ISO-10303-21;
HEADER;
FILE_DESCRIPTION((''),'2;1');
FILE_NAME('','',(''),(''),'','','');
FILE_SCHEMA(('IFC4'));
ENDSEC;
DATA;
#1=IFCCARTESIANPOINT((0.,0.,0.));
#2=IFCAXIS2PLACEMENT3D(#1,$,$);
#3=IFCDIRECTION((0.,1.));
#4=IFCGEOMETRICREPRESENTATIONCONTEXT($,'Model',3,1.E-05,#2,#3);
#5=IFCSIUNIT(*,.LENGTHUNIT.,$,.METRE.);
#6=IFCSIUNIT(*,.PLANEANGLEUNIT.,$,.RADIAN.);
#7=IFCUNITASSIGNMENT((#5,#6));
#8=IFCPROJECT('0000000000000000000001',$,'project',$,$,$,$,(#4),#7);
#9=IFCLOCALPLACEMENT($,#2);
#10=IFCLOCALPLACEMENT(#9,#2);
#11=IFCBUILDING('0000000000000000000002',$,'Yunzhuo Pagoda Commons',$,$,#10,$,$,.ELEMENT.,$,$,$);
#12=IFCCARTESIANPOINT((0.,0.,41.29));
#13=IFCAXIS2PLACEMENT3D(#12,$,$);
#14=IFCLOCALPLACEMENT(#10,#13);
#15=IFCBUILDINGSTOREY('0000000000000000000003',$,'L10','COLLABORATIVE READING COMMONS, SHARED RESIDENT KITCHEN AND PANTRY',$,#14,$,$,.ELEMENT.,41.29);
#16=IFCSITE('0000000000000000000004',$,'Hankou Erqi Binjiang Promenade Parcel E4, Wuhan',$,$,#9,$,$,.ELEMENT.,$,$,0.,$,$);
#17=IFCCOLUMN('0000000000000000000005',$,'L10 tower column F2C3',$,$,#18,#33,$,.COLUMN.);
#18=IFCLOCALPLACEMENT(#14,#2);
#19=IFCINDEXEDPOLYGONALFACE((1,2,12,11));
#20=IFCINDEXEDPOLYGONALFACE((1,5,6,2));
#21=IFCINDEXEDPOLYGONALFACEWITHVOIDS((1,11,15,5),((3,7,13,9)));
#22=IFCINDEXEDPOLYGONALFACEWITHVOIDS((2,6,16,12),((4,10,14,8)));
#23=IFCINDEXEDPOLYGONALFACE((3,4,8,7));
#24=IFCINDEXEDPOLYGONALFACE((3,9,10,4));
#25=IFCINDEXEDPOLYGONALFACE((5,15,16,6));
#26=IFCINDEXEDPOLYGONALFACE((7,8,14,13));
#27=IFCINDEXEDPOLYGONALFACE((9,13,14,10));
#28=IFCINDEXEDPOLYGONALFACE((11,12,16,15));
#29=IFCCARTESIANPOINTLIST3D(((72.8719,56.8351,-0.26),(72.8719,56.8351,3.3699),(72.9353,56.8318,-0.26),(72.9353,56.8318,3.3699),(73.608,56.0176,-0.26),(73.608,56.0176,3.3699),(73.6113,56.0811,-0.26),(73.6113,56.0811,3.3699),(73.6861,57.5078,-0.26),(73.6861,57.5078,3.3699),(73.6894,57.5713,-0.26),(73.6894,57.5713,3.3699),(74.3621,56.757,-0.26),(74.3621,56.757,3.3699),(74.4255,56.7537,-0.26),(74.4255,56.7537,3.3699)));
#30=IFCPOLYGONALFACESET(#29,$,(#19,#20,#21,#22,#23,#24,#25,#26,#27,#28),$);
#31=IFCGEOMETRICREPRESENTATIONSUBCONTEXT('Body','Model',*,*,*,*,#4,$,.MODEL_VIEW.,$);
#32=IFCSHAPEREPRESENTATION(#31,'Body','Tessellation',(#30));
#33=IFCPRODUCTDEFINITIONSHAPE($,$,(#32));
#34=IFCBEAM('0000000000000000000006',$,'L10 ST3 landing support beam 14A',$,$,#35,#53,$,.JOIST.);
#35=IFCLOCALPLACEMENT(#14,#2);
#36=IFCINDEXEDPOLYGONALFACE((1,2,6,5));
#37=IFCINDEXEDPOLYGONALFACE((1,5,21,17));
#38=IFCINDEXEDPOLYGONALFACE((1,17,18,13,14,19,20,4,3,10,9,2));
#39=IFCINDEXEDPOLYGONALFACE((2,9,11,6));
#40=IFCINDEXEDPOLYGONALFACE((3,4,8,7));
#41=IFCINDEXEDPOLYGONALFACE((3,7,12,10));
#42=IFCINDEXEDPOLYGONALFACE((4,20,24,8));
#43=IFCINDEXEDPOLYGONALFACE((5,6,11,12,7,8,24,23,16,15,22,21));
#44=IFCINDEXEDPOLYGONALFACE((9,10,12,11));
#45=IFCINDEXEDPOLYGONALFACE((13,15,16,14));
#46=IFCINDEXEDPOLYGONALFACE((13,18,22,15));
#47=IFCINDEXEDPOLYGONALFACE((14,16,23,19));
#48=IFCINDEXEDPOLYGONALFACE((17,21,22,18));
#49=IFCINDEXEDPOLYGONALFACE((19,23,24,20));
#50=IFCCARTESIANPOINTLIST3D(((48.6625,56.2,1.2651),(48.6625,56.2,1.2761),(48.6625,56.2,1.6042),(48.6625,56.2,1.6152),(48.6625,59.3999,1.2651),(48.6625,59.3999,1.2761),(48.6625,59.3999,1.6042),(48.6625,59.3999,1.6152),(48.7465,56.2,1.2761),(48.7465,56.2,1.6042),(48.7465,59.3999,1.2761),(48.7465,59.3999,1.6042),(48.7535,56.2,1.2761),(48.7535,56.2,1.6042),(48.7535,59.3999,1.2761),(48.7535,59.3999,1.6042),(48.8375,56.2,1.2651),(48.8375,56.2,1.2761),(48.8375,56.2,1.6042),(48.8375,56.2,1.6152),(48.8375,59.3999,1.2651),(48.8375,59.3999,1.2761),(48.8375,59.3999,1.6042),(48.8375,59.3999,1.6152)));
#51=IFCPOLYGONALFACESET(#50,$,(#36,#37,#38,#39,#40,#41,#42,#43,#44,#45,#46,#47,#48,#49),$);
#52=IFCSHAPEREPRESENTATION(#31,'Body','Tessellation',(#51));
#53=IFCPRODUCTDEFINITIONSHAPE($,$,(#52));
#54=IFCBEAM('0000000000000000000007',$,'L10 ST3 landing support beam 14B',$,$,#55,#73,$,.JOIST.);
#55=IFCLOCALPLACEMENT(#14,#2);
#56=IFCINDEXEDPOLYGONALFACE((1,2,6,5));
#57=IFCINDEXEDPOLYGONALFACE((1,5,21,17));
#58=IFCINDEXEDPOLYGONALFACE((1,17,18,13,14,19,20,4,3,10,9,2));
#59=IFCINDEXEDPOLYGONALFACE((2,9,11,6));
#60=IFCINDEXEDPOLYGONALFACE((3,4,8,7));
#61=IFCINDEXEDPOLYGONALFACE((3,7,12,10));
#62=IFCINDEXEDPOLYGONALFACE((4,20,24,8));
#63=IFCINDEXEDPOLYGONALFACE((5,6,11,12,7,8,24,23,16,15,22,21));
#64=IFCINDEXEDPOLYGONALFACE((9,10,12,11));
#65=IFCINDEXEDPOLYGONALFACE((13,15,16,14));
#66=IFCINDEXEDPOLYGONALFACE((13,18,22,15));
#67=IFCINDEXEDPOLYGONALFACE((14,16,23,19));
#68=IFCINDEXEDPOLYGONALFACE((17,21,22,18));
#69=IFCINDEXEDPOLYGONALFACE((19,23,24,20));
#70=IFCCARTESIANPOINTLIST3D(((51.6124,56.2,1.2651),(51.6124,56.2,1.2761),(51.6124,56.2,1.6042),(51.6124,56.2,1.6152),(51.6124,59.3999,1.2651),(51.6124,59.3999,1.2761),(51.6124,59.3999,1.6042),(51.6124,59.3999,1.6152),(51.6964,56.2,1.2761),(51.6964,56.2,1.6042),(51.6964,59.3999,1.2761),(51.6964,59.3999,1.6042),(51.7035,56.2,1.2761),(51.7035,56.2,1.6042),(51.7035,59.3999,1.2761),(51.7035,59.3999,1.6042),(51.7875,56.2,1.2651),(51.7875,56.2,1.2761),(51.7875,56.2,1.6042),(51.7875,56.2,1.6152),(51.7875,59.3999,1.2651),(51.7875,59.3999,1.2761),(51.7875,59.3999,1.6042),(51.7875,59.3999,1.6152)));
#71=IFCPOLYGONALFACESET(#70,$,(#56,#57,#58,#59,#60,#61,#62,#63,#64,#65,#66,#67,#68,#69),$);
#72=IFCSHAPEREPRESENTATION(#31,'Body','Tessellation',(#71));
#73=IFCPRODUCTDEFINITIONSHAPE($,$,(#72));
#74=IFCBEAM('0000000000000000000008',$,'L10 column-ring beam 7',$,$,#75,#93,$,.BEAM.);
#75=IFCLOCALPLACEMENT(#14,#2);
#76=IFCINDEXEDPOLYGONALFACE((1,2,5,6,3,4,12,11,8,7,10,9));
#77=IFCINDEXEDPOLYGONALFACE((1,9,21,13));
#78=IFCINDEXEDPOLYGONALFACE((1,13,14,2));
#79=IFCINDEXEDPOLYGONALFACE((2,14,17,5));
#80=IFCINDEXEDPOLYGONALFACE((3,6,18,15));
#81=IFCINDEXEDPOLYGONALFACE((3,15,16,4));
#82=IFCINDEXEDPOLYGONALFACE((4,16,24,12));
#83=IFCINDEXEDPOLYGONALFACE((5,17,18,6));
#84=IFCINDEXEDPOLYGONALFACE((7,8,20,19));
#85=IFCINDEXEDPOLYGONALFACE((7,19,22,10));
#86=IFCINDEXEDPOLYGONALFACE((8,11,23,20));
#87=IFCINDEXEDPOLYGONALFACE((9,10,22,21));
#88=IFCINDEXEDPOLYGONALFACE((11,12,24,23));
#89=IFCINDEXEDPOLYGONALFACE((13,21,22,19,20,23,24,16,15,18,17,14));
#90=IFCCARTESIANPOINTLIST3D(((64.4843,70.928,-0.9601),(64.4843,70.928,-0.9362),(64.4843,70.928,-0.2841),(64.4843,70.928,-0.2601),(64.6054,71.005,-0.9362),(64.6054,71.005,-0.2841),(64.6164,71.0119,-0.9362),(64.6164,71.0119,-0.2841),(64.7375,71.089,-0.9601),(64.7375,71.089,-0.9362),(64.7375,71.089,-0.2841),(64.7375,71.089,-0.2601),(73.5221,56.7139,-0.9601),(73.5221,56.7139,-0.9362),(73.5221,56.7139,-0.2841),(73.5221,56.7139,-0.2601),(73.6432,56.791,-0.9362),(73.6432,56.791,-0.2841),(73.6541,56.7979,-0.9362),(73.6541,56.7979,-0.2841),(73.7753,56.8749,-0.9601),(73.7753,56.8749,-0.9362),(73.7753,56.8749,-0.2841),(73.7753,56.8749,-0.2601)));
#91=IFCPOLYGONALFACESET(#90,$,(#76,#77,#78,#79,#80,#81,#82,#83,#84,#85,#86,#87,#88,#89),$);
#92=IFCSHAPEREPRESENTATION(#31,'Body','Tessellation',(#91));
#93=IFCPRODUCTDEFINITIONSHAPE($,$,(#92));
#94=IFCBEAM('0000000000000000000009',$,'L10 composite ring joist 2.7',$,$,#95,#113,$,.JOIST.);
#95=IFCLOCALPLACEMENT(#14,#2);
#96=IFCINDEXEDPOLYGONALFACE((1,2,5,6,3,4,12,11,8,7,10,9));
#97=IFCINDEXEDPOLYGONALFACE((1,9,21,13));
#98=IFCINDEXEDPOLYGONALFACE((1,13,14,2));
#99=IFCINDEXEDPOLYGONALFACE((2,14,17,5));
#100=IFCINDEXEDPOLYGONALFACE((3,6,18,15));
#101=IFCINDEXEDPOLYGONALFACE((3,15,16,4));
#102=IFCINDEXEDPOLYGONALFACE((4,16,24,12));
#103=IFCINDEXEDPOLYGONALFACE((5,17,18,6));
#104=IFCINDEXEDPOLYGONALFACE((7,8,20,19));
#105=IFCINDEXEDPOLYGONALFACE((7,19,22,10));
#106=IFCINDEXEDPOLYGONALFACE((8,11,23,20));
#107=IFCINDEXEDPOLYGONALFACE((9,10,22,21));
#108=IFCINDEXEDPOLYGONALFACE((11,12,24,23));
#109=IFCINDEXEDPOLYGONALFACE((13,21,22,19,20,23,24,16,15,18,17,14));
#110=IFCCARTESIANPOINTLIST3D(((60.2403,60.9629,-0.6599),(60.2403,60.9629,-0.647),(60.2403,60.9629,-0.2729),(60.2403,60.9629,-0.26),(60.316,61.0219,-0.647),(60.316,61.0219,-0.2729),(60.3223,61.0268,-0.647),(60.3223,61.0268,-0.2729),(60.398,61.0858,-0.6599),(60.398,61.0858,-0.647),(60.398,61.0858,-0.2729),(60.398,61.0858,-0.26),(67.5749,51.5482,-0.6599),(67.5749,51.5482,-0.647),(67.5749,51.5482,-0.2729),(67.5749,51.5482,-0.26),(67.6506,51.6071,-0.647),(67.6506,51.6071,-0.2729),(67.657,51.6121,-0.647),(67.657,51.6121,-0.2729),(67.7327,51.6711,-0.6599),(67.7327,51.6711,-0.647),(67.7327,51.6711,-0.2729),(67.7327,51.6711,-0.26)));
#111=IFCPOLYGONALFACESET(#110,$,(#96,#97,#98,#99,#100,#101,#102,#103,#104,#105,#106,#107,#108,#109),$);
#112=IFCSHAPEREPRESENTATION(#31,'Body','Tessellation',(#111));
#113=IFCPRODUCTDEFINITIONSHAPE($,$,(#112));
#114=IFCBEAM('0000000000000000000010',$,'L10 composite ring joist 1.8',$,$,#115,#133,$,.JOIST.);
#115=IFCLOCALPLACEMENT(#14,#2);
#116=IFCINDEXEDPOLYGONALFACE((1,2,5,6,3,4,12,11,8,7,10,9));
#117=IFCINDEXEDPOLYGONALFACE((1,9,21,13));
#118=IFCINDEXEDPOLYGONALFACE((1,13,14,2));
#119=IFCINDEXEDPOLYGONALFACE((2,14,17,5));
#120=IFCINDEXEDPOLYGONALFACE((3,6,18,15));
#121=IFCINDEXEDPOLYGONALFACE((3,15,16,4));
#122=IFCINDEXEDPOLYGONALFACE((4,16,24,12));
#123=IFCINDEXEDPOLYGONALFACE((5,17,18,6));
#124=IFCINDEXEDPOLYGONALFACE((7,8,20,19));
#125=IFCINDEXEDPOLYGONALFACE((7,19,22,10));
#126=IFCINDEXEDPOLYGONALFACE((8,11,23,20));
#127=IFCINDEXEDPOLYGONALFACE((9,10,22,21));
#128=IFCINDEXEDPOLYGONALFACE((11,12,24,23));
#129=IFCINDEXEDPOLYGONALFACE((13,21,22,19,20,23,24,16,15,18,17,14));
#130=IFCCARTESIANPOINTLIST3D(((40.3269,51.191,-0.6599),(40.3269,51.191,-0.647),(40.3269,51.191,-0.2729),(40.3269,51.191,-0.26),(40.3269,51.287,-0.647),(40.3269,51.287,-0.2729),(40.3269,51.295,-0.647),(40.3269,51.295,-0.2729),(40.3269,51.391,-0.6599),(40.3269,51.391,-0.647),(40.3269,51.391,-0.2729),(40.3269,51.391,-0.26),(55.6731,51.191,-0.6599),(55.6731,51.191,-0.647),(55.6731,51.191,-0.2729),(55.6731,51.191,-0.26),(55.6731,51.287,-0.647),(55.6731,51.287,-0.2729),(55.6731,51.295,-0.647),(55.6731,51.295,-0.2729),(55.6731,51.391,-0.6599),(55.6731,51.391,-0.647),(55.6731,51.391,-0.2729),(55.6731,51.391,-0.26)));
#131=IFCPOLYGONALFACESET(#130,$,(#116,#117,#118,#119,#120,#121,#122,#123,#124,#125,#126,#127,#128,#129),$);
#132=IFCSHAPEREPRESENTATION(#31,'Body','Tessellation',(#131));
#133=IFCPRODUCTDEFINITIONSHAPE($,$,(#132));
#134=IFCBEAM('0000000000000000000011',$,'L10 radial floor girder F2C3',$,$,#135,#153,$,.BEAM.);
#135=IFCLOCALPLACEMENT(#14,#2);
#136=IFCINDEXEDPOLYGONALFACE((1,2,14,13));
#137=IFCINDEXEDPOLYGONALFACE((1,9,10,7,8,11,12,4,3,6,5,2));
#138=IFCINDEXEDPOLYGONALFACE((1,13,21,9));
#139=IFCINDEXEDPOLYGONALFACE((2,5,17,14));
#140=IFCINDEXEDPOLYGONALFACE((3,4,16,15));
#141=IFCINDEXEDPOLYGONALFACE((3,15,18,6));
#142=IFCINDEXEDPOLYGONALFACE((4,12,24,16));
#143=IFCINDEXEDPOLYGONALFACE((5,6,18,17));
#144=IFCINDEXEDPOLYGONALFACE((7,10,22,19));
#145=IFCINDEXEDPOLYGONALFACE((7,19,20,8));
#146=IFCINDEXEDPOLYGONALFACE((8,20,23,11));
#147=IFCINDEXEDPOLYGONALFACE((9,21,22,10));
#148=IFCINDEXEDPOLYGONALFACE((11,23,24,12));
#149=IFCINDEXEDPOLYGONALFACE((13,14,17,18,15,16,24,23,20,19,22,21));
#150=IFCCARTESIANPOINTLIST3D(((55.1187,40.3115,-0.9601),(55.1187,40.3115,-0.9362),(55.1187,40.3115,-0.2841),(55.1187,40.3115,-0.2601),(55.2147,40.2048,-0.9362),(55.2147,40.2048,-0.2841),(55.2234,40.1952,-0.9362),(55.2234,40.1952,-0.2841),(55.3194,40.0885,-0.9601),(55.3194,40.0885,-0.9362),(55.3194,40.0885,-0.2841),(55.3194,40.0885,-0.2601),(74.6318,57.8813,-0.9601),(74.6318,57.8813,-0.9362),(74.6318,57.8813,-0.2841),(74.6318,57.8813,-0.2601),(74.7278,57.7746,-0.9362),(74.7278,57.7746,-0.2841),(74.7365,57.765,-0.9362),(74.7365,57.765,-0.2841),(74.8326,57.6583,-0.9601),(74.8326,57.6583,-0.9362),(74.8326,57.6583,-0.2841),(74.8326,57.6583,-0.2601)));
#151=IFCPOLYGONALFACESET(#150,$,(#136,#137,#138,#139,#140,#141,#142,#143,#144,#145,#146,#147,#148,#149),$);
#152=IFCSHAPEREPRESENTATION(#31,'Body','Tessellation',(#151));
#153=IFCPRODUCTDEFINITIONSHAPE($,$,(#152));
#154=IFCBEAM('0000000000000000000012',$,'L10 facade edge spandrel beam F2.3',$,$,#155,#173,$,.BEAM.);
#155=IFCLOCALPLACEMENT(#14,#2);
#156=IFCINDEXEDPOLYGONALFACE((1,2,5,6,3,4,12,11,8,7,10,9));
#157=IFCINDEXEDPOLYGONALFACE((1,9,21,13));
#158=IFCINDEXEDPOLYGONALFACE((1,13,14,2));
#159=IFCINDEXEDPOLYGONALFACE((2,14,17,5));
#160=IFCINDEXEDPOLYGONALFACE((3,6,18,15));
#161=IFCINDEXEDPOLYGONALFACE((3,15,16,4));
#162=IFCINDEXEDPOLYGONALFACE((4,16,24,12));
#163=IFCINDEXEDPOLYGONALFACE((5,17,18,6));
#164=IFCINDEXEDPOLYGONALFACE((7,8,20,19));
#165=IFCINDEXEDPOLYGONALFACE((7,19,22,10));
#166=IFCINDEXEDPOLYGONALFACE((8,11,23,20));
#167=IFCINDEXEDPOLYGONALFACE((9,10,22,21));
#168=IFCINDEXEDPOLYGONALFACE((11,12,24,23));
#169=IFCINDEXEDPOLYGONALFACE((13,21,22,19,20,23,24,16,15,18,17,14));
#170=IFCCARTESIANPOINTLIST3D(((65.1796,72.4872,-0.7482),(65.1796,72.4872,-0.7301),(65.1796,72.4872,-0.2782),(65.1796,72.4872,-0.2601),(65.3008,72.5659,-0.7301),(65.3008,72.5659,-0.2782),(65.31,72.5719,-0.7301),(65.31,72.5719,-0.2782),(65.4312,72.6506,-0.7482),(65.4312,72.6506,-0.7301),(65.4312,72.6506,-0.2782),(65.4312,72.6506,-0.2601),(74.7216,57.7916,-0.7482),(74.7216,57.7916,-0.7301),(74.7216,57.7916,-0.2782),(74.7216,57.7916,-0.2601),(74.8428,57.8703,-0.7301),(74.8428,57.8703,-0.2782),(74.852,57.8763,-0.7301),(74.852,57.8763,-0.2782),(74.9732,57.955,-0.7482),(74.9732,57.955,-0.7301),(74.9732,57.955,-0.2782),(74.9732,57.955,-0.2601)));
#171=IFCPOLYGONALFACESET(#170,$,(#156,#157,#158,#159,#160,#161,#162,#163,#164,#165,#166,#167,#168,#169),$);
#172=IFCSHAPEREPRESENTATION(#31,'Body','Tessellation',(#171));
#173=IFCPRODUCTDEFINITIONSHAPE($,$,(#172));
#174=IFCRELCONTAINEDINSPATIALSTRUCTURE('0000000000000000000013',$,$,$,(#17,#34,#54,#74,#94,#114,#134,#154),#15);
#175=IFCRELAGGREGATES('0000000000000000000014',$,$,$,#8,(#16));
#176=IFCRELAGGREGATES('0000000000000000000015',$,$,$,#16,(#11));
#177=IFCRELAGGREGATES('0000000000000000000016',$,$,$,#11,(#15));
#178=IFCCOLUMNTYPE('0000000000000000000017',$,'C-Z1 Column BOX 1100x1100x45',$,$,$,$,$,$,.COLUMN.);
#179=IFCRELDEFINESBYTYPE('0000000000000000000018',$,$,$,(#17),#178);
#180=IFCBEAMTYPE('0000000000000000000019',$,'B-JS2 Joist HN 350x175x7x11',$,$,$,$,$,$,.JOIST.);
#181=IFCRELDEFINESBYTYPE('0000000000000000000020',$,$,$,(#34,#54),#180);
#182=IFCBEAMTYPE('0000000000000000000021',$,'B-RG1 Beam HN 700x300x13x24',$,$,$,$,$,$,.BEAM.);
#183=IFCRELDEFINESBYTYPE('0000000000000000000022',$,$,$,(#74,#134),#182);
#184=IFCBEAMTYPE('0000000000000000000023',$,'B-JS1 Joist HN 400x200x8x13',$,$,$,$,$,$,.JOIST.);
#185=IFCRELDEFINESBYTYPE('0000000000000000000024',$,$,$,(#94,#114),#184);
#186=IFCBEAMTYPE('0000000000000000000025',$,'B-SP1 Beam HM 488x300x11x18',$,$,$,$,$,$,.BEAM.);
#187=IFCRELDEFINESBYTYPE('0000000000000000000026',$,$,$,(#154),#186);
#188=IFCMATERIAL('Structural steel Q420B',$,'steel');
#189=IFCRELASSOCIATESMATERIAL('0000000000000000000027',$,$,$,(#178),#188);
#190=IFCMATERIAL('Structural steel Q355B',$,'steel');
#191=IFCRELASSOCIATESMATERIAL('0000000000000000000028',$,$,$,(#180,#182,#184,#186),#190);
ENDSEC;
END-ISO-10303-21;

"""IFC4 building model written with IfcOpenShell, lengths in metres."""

from ifc_helpers import new_model, si_unit, direction, frame, origin, origin_2d, place, context, subcontext, project, spatial, hollow_rectangle, i_section, extrude, source, transform, mapped, material, material_profile, profile_set, type_object, element, save


model = new_model("IFC4")

# Units and contexts
model_context = context("Model", 3, precision=1e-05, world=origin(), true_north=direction((0.0, 1.0)))
body_context = subcontext(model_context, "Body", "Model", "MODEL_VIEW")
ifc_project = project(units=[si_unit("LENGTHUNIT", "METRE"), si_unit("PLANEANGLEUNIT", "RADIAN")], contexts=[model_context])

# Site, building, storey
site_placement = place(None, origin())
site = spatial("IfcSite", under=ifc_project, at=site_placement, Name="Hankou Erqi Binjiang Promenade Parcel E4, Wuhan", CompositionType="ELEMENT", RefElevation=0.0)
building_placement = place(site_placement, origin())
building = spatial("IfcBuilding", under=site, at=building_placement, Name="Yunzhuo Pagoda Commons", CompositionType="ELEMENT")
storey_placement = place(building_placement, frame((0.0, 0.0, 41.29)))
storey = spatial("IfcBuildingStorey", under=building, at=storey_placement, Name="L10", Description="COLLABORATIVE READING COMMONS, SHARED RESIDENT KITCHEN AND PANTRY", CompositionType="ELEMENT", Elevation=41.29)

# Column
ifc_material_1 = material(Name="Structural steel Q420B", Category="steel")
ifc_material_profile_1 = material_profile(ifc_material_1, hollow_rectangle(XDim=1.1001, YDim=1.1001, WallThickness=0.0449, at=origin_2d()), Name="Structural steel Q420B")
ifc_profile_set_1 = profile_set([ifc_material_profile_1], Name="Structural steel Q420B")
column_type = type_object("IfcColumnType", Name="C-Z1 Column BOX 1100x1100x45", PredefinedType="COLUMN", material=ifc_profile_set_1)
shared_shape_1 = source(origin(), body_context, "Body", "SweptSolid", [
    extrude(hollow_rectangle(XDim=1.1001, YDim=1.1001, WallThickness=0.0449, at=origin_2d()), origin(), (0.0, 0.0, 1.0), 3.6299),
])
column_placement = place(storey_placement, frame((73.6487, 56.7944, -0.26), z_axis=(0.0, 0.0, 1.0), x_axis=(-0.669131, 0.743145, 0.0)))
element("IfcColumn", 1, at=column_placement, inside=storey, type_object=column_type, Name="L10 tower column F2C3", PredefinedType="COLUMN", context=body_context, shape_type="MappedRepresentation", body=[
    mapped(shared_shape_1, transform((0.0, 0.0, 0.0), scale=1.0)),
])

# Beams
ifc_material_2 = material(Name="Structural steel Q355B", Category="steel")
ifc_material_profile_2 = material_profile(ifc_material_2, i_section(OverallWidth=0.175, OverallDepth=0.3501, WebThickness=0.0071, FlangeThickness=0.011, at=origin_2d()), Name="Structural steel Q355B")
ifc_profile_set_2 = profile_set([ifc_material_profile_2], Name="Structural steel Q355B")
beam_type_1 = type_object("IfcBeamType", Name="B-JS2 Joist HN 350x175x7x11", PredefinedType="JOIST", material=ifc_profile_set_2)
shared_shape_2 = source(origin(), body_context, "Body", "SweptSolid", [
    extrude(i_section(OverallWidth=0.175, OverallDepth=0.3501, WebThickness=0.0071, FlangeThickness=0.011, at=origin_2d()), origin(), (0.0, 0.0, 1.0), 3.2),
])
for number, where, z_axis, x_axis, name in (
    (2, (48.75, 56.2, 1.4402), (0.0, 1.0, 0.0), (-1.0, 0.0, 0.0), "L10 ST3 landing support beam 14A"),
    (3, (51.7, 56.2, 1.4402), (0.0, 1.0, 0.0), (-1.0, 0.0, 0.0), "L10 ST3 landing support beam 14B"),
):
    element("IfcBeam", number, at=place(storey_placement, frame(where, z_axis=z_axis, x_axis=x_axis)), inside=storey, type_object=beam_type_1, Name=name, PredefinedType="JOIST", context=body_context, shape_type="MappedRepresentation", body=[
        mapped(shared_shape_2, transform((0.0, 0.0, 0.0), scale=1.0)),
    ])
ifc_material_profile_3 = material_profile(ifc_material_2, i_section(OverallWidth=0.3, OverallDepth=0.7, WebThickness=0.0129, FlangeThickness=0.0239, at=origin_2d()), Name="Structural steel Q355B")
ifc_profile_set_3 = profile_set([ifc_material_profile_3], Name="Structural steel Q355B")
beam_type_2 = type_object("IfcBeamType", Name="B-RG1 Beam HN 700x300x13x24", PredefinedType="BEAM", material=ifc_profile_set_3)
shared_shape_3 = source(origin(), body_context, "Body", "SweptSolid", [
    extrude(i_section(OverallWidth=0.3, OverallDepth=0.7, WebThickness=0.0129, FlangeThickness=0.0239, at=origin_2d()), origin(), (0.0, 0.0, 1.0), 16.844),
])
beam_1_placement = place(storey_placement, frame((73.6487, 56.7944, -0.6101), z_axis=(-0.536558, 0.843863, 0.0), x_axis=(-0.843863, -0.536558, 0.0)))
element("IfcBeam", 4, at=beam_1_placement, inside=storey, type_object=beam_type_2, Name="L10 column-ring beam 7", PredefinedType="BEAM", context=body_context, shape_type="MappedRepresentation", body=[
    mapped(shared_shape_3, transform((0.0, 0.0, 0.0), scale=1.0)),
])
ifc_material_profile_4 = material_profile(ifc_material_2, i_section(OverallWidth=0.2, OverallDepth=0.3999, WebThickness=0.0081, FlangeThickness=0.0129, at=origin_2d()), Name="Structural steel Q355B")
ifc_profile_set_4 = profile_set([ifc_material_profile_4], Name="Structural steel Q355B")
beam_type_3 = type_object("IfcBeamType", Name="B-JS1 Joist HN 400x200x8x13", PredefinedType="JOIST", material=ifc_profile_set_4)
shared_shape_4 = source(origin(), body_context, "Body", "SweptSolid", [
    extrude(i_section(OverallWidth=0.2, OverallDepth=0.3999, WebThickness=0.0081, FlangeThickness=0.0129, at=origin_2d()), origin(), (0.0, 0.0, 1.0), 11.9346),
])
beam_2_placement = place(storey_placement, frame((67.6538, 51.6096, -0.46), z_axis=(-0.614572, 0.788861, 0.0), x_axis=(-0.788861, -0.614572, 0.0)))
element("IfcBeam", 5, at=beam_2_placement, inside=storey, type_object=beam_type_3, Name="L10 composite ring joist 2.7", PredefinedType="JOIST", context=body_context, shape_type="MappedRepresentation", body=[
    mapped(shared_shape_4, transform((0.0, 0.0, 0.0), scale=1.0)),
])
shared_shape_5 = source(origin(), body_context, "Body", "SweptSolid", [
    extrude(i_section(OverallWidth=0.2, OverallDepth=0.3999, WebThickness=0.0081, FlangeThickness=0.0129, at=origin_2d()), origin(), (0.0, 0.0, 1.0), 15.3462),
])
beam_3_placement = place(storey_placement, frame((55.6731, 51.291, -0.46), z_axis=(-1.0, 0.0, 0.0), x_axis=(0.0, -1.0, 0.0)))
element("IfcBeam", 6, at=beam_3_placement, inside=storey, type_object=beam_type_3, Name="L10 composite ring joist 1.8", PredefinedType="JOIST", context=body_context, shape_type="MappedRepresentation", body=[
    mapped(shared_shape_5, transform((0.0, 0.0, 0.0), scale=1.0)),
])
shared_shape_6 = source(origin(), body_context, "Body", "SweptSolid", [
    extrude(i_section(OverallWidth=0.3, OverallDepth=0.7, WebThickness=0.0129, FlangeThickness=0.0239, at=origin_2d()), origin(), (0.0, 0.0, 1.0), 26.2576),
])
beam_4_placement = place(storey_placement, frame((74.7322, 57.7698, -0.6101), z_axis=(-0.743143, -0.669132, 0.0), x_axis=(0.669132, -0.743143, 0.0)))
element("IfcBeam", 7, at=beam_4_placement, inside=storey, type_object=beam_type_2, Name="L10 radial floor girder F2C3", PredefinedType="BEAM", context=body_context, shape_type="MappedRepresentation", body=[
    mapped(shared_shape_6, transform((0.0, 0.0, 0.0), scale=1.0)),
])
ifc_material_profile_5 = material_profile(ifc_material_2, i_section(OverallWidth=0.3, OverallDepth=0.488, WebThickness=0.011, FlangeThickness=0.0181, at=origin_2d()), Name="Structural steel Q355B")
ifc_profile_set_5 = profile_set([ifc_material_profile_5], Name="Structural steel Q355B")
beam_type_4 = type_object("IfcBeamType", Name="B-SP1 Beam HM 488x300x11x18", PredefinedType="BEAM", material=ifc_profile_set_5)
shared_shape_7 = source(origin(), body_context, "Body", "SweptSolid", [
    extrude(i_section(OverallWidth=0.3, OverallDepth=0.488, WebThickness=0.011, FlangeThickness=0.0181, at=origin_2d()), origin(), (0.0, 0.0, 1.0), 17.5217),
])
beam_5_placement = place(storey_placement, frame((74.8474, 57.8733, -0.5042), z_axis=(-0.544582, 0.838707, 0.0), x_axis=(-0.838707, -0.544582, 0.0)))
element("IfcBeam", 8, at=beam_5_placement, inside=storey, type_object=beam_type_4, Name="L10 facade edge spandrel beam F2.3", PredefinedType="BEAM", context=body_context, shape_type="MappedRepresentation", body=[
    mapped(shared_shape_7, transform((0.0, 0.0, 0.0), scale=1.0)),
])

save(model, "model.ifc")
